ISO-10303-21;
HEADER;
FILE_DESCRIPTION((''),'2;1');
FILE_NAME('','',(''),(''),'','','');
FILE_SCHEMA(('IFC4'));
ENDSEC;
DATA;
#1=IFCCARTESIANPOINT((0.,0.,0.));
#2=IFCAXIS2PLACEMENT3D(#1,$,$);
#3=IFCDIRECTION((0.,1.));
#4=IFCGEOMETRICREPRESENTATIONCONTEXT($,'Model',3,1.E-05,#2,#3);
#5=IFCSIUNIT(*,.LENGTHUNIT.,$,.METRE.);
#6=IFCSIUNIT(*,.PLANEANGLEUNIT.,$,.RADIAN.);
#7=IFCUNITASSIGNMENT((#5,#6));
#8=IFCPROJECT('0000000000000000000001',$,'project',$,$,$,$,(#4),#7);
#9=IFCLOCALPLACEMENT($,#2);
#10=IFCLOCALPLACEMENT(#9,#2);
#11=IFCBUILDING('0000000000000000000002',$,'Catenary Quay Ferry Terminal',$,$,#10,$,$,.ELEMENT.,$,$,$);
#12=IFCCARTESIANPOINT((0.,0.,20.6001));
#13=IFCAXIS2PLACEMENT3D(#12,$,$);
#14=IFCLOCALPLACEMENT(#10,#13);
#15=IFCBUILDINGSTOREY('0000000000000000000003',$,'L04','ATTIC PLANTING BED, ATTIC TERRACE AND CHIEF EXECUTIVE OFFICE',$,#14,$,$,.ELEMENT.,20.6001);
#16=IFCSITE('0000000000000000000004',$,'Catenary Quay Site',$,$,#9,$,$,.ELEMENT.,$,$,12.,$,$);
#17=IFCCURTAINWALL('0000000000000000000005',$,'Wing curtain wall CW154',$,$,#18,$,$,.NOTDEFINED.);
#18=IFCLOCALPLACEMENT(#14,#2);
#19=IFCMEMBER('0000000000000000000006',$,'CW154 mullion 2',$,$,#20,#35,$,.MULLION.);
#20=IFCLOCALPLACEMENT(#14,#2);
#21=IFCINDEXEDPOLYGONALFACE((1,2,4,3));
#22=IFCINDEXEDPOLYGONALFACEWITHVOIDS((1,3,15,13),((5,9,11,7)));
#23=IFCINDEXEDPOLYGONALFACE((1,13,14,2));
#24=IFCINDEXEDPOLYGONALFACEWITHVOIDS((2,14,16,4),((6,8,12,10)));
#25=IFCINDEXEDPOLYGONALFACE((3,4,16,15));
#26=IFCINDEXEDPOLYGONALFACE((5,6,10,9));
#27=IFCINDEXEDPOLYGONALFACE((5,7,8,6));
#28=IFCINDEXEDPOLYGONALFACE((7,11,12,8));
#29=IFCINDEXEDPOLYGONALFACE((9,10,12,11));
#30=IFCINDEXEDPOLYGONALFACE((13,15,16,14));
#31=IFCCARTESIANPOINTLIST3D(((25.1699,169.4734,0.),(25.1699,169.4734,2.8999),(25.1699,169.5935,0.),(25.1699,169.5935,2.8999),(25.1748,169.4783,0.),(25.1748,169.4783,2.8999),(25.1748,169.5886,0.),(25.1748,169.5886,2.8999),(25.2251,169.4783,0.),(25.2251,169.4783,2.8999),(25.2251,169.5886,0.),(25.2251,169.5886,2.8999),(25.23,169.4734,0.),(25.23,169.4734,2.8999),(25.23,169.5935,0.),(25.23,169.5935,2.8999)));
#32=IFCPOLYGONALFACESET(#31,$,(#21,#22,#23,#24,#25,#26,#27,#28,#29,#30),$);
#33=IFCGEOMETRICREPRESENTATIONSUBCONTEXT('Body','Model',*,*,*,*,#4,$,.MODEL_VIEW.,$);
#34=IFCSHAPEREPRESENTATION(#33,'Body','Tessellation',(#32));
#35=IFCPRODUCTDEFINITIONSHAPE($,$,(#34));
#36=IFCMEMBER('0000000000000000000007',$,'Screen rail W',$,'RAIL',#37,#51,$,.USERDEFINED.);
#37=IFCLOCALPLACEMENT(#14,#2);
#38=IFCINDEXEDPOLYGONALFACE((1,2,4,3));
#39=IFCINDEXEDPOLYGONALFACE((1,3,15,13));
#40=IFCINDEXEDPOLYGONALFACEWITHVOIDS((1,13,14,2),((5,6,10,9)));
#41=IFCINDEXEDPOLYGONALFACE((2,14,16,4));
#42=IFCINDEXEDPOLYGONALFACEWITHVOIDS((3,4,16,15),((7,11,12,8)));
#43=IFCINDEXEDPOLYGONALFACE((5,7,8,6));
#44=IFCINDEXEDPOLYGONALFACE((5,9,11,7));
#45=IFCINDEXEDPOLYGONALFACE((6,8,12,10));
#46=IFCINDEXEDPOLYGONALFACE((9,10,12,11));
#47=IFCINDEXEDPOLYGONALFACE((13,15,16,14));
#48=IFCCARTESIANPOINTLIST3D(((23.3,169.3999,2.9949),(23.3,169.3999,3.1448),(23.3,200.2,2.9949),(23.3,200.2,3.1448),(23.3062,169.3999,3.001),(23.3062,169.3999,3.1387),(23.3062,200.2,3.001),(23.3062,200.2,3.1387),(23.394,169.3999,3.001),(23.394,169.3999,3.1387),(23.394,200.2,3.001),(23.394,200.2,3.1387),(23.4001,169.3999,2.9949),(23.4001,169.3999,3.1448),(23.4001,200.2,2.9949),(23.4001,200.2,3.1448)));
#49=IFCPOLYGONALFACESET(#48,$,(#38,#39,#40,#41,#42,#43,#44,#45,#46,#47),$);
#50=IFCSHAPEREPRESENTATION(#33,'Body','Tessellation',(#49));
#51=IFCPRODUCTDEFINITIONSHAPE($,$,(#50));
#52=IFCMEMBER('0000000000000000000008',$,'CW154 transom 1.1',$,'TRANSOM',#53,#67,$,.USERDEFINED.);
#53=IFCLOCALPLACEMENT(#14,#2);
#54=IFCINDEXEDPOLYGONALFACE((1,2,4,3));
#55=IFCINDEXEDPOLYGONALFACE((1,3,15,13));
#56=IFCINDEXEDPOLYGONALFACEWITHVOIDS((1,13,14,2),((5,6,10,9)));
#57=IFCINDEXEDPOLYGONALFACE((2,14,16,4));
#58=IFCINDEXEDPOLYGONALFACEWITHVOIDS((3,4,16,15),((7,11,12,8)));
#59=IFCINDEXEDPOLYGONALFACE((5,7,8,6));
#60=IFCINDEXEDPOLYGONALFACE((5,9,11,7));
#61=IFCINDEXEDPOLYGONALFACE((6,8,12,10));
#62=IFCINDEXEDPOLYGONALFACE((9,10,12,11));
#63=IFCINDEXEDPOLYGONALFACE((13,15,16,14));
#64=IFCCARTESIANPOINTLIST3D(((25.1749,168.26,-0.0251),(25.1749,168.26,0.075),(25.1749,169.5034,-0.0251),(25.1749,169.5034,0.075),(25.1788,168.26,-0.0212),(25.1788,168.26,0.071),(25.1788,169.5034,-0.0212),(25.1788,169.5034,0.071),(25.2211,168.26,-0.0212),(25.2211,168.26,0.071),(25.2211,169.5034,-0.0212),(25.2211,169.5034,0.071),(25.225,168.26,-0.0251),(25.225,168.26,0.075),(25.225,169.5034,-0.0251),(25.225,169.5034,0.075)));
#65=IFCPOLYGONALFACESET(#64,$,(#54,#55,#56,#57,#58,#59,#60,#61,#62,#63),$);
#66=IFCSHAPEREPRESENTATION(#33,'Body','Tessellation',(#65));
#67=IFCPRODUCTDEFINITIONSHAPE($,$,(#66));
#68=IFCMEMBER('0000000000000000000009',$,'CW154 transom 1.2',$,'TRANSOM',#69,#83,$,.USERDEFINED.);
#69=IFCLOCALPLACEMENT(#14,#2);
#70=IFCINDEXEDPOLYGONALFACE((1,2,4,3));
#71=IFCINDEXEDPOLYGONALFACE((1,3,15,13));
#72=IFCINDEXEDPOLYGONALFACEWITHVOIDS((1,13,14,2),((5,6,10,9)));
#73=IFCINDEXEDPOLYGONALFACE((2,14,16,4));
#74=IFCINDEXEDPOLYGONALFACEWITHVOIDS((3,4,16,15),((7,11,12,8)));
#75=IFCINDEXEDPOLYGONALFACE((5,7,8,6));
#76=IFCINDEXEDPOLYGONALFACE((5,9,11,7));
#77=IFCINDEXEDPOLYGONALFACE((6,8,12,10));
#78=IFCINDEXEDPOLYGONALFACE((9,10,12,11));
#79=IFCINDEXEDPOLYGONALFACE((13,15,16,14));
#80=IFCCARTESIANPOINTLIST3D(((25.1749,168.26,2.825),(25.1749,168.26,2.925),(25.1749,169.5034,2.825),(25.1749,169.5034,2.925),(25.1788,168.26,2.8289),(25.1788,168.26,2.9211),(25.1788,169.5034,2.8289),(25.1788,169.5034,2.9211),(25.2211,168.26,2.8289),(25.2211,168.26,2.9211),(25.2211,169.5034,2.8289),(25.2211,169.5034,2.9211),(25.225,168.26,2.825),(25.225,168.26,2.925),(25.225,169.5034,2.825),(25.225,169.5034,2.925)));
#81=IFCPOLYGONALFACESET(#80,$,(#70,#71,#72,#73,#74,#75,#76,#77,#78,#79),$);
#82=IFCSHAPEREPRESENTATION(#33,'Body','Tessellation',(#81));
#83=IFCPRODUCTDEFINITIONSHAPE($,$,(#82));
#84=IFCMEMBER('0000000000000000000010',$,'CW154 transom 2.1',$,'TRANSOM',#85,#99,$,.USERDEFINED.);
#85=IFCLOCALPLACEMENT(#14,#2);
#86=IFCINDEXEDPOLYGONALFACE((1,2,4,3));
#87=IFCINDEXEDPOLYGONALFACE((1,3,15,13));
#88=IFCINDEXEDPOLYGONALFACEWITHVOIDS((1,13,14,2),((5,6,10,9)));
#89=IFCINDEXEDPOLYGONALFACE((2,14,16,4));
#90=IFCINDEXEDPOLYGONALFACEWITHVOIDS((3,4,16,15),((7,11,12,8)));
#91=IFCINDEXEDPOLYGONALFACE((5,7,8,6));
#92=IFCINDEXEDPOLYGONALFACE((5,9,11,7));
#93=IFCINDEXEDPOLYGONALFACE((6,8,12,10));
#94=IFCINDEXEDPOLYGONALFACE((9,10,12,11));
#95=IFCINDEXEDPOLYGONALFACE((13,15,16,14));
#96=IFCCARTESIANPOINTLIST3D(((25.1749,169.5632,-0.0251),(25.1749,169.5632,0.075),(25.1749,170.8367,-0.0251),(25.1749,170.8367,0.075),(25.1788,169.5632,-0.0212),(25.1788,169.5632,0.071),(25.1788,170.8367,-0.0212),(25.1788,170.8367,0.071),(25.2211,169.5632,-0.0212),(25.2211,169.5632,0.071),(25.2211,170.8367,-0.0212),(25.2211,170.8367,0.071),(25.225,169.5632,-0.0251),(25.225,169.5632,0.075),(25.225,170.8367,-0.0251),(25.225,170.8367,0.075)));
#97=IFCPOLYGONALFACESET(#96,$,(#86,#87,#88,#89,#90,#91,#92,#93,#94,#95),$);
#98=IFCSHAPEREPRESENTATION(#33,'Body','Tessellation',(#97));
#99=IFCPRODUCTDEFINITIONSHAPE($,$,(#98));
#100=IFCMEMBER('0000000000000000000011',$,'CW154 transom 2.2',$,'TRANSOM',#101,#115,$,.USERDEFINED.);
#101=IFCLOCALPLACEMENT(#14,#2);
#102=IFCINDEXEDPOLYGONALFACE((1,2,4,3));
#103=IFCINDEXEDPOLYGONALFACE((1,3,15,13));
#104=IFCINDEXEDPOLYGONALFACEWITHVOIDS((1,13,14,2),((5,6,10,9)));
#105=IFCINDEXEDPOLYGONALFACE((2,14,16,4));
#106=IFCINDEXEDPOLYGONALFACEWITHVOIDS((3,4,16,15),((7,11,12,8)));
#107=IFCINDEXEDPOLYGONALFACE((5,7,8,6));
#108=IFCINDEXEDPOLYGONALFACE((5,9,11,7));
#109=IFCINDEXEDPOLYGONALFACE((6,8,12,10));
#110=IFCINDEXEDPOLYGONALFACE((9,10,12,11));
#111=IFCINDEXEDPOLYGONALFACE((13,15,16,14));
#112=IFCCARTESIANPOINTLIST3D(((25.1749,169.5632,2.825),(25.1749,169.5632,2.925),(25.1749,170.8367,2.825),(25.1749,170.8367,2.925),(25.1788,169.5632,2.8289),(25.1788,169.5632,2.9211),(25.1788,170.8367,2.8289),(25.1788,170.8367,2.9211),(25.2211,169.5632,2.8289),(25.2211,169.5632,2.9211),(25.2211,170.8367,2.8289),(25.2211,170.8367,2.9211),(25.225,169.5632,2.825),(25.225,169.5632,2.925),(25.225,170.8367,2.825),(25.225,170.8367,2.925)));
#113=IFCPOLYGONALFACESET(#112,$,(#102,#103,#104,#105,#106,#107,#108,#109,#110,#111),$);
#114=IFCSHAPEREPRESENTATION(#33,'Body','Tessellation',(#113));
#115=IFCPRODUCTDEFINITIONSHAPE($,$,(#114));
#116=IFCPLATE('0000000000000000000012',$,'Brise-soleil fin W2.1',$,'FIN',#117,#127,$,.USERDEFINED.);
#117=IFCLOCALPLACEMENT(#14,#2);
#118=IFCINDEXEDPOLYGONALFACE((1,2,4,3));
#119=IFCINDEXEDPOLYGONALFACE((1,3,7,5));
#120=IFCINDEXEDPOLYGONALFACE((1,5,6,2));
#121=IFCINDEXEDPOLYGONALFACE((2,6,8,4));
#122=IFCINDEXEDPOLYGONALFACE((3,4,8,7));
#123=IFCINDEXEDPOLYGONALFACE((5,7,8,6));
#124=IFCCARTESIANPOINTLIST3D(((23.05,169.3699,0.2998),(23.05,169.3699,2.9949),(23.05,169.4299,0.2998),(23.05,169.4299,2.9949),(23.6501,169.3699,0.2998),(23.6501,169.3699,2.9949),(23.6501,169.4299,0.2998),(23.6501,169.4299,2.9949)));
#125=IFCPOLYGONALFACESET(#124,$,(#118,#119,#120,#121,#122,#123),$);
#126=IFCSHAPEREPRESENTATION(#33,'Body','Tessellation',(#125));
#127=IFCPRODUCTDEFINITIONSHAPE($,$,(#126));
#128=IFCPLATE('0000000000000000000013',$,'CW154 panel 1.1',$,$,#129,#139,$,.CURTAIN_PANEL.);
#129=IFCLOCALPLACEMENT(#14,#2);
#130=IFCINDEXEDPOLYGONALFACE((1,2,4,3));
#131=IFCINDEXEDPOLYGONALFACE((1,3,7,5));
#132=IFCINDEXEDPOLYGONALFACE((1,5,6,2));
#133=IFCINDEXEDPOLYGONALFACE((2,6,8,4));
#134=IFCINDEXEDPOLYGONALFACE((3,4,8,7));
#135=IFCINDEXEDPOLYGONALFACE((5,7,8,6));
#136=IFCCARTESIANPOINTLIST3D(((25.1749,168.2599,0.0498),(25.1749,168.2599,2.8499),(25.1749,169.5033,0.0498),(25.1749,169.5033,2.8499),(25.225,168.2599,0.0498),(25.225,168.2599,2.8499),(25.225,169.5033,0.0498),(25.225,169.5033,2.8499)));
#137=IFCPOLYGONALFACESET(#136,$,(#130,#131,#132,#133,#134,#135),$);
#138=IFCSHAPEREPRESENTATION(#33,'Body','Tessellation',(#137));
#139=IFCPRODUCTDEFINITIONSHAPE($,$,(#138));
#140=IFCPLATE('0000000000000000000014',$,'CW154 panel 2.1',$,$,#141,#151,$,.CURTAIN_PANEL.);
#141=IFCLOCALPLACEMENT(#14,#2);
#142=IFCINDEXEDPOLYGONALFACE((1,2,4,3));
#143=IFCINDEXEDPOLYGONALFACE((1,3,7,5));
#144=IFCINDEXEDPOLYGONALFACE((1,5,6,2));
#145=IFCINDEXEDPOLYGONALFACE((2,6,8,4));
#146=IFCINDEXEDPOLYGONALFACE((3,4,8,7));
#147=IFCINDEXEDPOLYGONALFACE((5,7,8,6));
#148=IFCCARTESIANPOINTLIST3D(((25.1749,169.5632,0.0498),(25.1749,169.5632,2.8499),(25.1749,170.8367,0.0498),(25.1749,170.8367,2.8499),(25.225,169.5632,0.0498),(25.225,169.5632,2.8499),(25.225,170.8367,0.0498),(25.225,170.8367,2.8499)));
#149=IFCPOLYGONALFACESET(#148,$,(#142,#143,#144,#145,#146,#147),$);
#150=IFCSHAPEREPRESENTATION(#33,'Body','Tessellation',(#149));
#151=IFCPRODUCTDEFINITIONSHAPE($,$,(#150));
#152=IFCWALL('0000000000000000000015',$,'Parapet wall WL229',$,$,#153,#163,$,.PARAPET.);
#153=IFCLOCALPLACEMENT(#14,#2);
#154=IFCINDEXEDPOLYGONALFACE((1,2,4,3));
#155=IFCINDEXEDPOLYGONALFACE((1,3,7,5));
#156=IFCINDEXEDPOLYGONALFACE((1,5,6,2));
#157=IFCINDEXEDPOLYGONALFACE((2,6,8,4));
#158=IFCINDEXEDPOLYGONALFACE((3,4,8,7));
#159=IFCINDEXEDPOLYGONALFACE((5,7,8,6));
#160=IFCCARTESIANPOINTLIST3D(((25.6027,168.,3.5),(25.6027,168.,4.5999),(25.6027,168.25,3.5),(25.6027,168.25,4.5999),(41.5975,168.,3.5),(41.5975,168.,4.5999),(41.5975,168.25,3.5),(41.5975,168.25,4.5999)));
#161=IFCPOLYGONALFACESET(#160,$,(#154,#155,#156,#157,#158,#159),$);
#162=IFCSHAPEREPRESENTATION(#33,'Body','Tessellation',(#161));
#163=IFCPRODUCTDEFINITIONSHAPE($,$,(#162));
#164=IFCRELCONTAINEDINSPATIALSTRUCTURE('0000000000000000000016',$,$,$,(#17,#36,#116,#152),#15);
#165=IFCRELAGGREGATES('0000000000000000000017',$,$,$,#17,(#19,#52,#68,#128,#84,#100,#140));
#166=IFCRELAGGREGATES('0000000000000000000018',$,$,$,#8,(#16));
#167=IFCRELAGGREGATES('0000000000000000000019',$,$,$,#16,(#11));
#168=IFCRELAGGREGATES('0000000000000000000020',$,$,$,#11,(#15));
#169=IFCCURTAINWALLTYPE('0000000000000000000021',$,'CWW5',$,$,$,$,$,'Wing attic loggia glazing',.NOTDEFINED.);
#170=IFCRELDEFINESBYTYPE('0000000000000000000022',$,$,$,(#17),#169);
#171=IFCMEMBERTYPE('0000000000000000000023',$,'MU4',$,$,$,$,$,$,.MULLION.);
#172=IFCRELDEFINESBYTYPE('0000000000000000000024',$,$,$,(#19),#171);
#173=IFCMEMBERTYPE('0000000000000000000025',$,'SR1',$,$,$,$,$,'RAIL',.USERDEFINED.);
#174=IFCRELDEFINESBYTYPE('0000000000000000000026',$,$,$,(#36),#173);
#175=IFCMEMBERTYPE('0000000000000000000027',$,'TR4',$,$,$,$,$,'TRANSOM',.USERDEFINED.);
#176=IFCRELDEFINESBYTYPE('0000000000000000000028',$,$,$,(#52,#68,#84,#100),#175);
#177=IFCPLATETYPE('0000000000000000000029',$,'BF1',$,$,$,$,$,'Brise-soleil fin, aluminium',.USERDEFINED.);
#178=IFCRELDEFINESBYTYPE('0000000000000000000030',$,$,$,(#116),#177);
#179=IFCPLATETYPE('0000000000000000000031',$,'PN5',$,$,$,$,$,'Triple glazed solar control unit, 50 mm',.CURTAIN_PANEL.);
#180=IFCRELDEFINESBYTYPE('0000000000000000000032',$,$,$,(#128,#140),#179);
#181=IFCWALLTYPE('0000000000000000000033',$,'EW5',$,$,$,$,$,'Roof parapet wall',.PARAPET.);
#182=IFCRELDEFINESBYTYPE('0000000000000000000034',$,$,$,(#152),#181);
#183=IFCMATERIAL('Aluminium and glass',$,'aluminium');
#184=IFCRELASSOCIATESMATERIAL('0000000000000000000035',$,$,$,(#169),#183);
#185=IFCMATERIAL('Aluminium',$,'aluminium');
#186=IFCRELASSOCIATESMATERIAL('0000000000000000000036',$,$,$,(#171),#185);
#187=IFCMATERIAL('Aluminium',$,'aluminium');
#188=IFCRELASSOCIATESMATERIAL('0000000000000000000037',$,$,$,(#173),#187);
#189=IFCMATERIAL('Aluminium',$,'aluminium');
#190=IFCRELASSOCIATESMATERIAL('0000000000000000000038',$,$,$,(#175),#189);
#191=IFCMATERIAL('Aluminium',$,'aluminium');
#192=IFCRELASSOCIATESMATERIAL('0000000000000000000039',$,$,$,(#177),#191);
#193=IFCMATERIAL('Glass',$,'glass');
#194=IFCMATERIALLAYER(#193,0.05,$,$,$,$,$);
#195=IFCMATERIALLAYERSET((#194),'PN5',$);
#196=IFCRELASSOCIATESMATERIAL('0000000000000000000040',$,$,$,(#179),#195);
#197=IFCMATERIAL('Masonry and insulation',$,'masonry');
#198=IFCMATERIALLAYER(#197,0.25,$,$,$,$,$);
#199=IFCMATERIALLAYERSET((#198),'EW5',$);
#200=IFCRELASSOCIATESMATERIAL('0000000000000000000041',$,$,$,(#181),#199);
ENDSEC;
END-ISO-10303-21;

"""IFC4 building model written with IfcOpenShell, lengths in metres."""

from ifc_helpers import new_model, si_unit, direction, frame, frame_2d, origin, origin_2d, place, context, subcontext, project, spatial, rectangle, hollow_rectangle, extrude, material, layer, layer_set, material_profile, profile_set, type_object, element, aggregate, save


model = new_model("IFC4")

# Units and contexts
model_context = context("Model", 3, precision=1e-05, world=origin(), true_north=direction((0.0, 1.0)))
body_context = subcontext(model_context, "Body", "Model", "MODEL_VIEW")
ifc_project = project(units=[si_unit("LENGTHUNIT", "METRE"), si_unit("PLANEANGLEUNIT", "RADIAN")], contexts=[model_context])

# Site, building, storey
site_placement = place(None, origin())
site = spatial("IfcSite", under=ifc_project, at=site_placement, Name="Catenary Quay Site", CompositionType="ELEMENT", RefElevation=12.0)
building_placement = place(site_placement, origin())
building = spatial("IfcBuilding", under=site, at=building_placement, Name="Catenary Quay Ferry Terminal", CompositionType="ELEMENT")
storey_placement = place(building_placement, frame((0.0, 0.0, 20.6001)))
storey = spatial("IfcBuildingStorey", under=building, at=storey_placement, Name="L04", Description="ATTIC PLANTING BED, ATTIC TERRACE AND CHIEF EXECUTIVE OFFICE", CompositionType="ELEMENT", Elevation=20.6001)

# Curtain wall, member
ifc_material_1 = material(Name="Aluminium and glass", Category="aluminium")
curtain_wall_type = type_object("IfcCurtainWallType", Name="CWW5", ElementType="Wing attic loggia glazing", PredefinedType="NOTDEFINED", material=ifc_material_1)
curtain_wall_placement = place(storey_placement, origin())
curtain_wall = element("IfcCurtainWall", 1, at=curtain_wall_placement, inside=storey, type_object=curtain_wall_type, Name="Wing curtain wall CW154", PredefinedType="NOTDEFINED")
ifc_material_2 = material(Name="Aluminium", Category="aluminium")
ifc_material_profile_1 = material_profile(ifc_material_2, hollow_rectangle(XDim=0.0601, YDim=0.1201, WallThickness=0.0049, at=origin_2d()), Name="MU4")
ifc_profile_set_1 = profile_set([ifc_material_profile_1], Name="Aluminium")
member_type_1 = type_object("IfcMemberType", Name="MU4", PredefinedType="MULLION", material=ifc_profile_set_1)
member_1_placement = place(storey_placement, frame((25.2, 169.5334, 0.0), z_axis=(0.0, 0.0, 1.0), x_axis=(-1.0, 0.0, 0.0)))
member_1 = element("IfcMember", 2, at=member_1_placement, type_object=member_type_1, Name="CW154 mullion 2", PredefinedType="MULLION", context=body_context, shape_type="SweptSolid", body=[
    extrude(hollow_rectangle(XDim=0.0601, YDim=0.1201, WallThickness=0.0049, at=origin_2d()), origin(), (0.0, 0.0, 1.0), 2.8999),
])

# Members
ifc_material_3 = material(Name="Aluminium", Category="aluminium")
ifc_material_profile_2 = material_profile(ifc_material_3, hollow_rectangle(XDim=0.1001, YDim=0.1499, WallThickness=0.0061, at=origin_2d()), Name="SR1")
ifc_profile_set_2 = profile_set([ifc_material_profile_2], Name="Aluminium")
member_type_2 = type_object("IfcMemberType", Name="SR1", ElementType="RAIL", PredefinedType="USERDEFINED", material=ifc_profile_set_2)
member_2_placement = place(storey_placement, frame((23.3501, 169.3999, 3.0698), z_axis=(0.0, 1.0, 0.0), x_axis=(1.0, 0.0, 0.0)))
element("IfcMember", 3, at=member_2_placement, inside=storey, type_object=member_type_2, Name="Screen rail W", ObjectType="RAIL", PredefinedType="USERDEFINED", context=body_context, shape_type="SweptSolid", body=[
    extrude(hollow_rectangle(XDim=0.1001, YDim=0.1499, WallThickness=0.0061, at=origin_2d()), origin(), (0.0, 0.0, 1.0), 30.8),
])
ifc_material_4 = material(Name="Aluminium", Category="aluminium")
ifc_material_profile_3 = material_profile(ifc_material_4, hollow_rectangle(XDim=0.05, YDim=0.1001, WallThickness=0.0039, at=origin_2d()), Name="TR4")
ifc_profile_set_3 = profile_set([ifc_material_profile_3], Name="Aluminium")
member_type_3 = type_object("IfcMemberType", Name="TR4", ElementType="TRANSOM", PredefinedType="USERDEFINED", material=ifc_profile_set_3)
member_3_placement = place(storey_placement, frame((25.2, 168.26, 0.0249), z_axis=(0.0, 1.0, 0.0), x_axis=(-1.0, 0.0, 0.0)))
member_3 = element("IfcMember", 4, at=member_3_placement, type_object=member_type_3, Name="CW154 transom 1.1", ObjectType="TRANSOM", PredefinedType="USERDEFINED", context=body_context, shape_type="SweptSolid", body=[
    extrude(hollow_rectangle(XDim=0.05, YDim=0.1001, WallThickness=0.0039, at=origin_2d()), origin(), (0.0, 0.0, 1.0), 1.2434),
])
member_4_placement = place(storey_placement, frame((25.2, 168.26, 2.875), z_axis=(0.0, 1.0, 0.0), x_axis=(-1.0, 0.0, 0.0)))
member_4 = element("IfcMember", 5, at=member_4_placement, type_object=member_type_3, Name="CW154 transom 1.2", ObjectType="TRANSOM", PredefinedType="USERDEFINED", context=body_context, shape_type="SweptSolid", body=[
    extrude(hollow_rectangle(XDim=0.05, YDim=0.1001, WallThickness=0.0039, at=origin_2d()), origin(), (0.0, 0.0, 1.0), 1.2434),
])
member_5_placement = place(storey_placement, frame((25.2, 169.5632, 0.0249), z_axis=(0.0, 1.0, 0.0), x_axis=(-1.0, 0.0, 0.0)))
member_5 = element("IfcMember", 6, at=member_5_placement, type_object=member_type_3, Name="CW154 transom 2.1", ObjectType="TRANSOM", PredefinedType="USERDEFINED", context=body_context, shape_type="SweptSolid", body=[
    extrude(hollow_rectangle(XDim=0.05, YDim=0.1001, WallThickness=0.0039, at=origin_2d()), origin(), (0.0, 0.0, 1.0), 1.2734),
])
member_6_placement = place(storey_placement, frame((25.2, 169.5632, 2.875), z_axis=(0.0, 1.0, 0.0), x_axis=(-1.0, 0.0, 0.0)))
member_6 = element("IfcMember", 7, at=member_6_placement, type_object=member_type_3, Name="CW154 transom 2.2", ObjectType="TRANSOM", PredefinedType="USERDEFINED", context=body_context, shape_type="SweptSolid", body=[
    extrude(hollow_rectangle(XDim=0.05, YDim=0.1001, WallThickness=0.0039, at=origin_2d()), origin(), (0.0, 0.0, 1.0), 1.2734),
])

# Plates
ifc_material_5 = material(Name="Aluminium", Category="aluminium")
ifc_material_profile_4 = material_profile(ifc_material_5, rectangle(XDim=0.0601, YDim=0.6001, at=origin_2d()), Name="BF1")
ifc_profile_set_4 = profile_set([ifc_material_profile_4], Name="Aluminium")
plate_type_1 = type_object("IfcPlateType", Name="BF1", ElementType="Brise-soleil fin, aluminium", PredefinedType="USERDEFINED", material=ifc_profile_set_4)
plate_1_placement = place(storey_placement, frame((23.3501, 169.3999, 0.2998), z_axis=(0.0, 0.0, 1.0), x_axis=(0.0, 1.0, 0.0)))
element("IfcPlate", 8, at=plate_1_placement, inside=storey, type_object=plate_type_1, Name="Brise-soleil fin W2.1", ObjectType="FIN", PredefinedType="USERDEFINED", context=body_context, shape_type="SweptSolid", body=[
    extrude(rectangle(XDim=0.0601, YDim=0.6001, at=origin_2d()), origin(), (0.0, 0.0, 1.0), 2.6951),
])
ifc_material_6 = material(Name="Glass", Category="glass")
ifc_layer_1 = layer(ifc_material_6, 0.05)
ifc_layer_set_1 = layer_set([ifc_layer_1], Name="PN5")
plate_type_2 = type_object("IfcPlateType", Name="PN5", ElementType="Triple glazed solar control unit, 50 mm", PredefinedType="CURTAIN_PANEL", material=ifc_layer_set_1)
plate_2_placement = place(storey_placement, frame((25.2, 168.8816, 0.0498), z_axis=(0.0, 0.0, 1.0), x_axis=(0.0, 1.0, 0.0)))
plate_2 = element("IfcPlate", 9, at=plate_2_placement, type_object=plate_type_2, Name="CW154 panel 1.1", PredefinedType="CURTAIN_PANEL", context=body_context, shape_type="SweptSolid", body=[
    extrude(rectangle(XDim=1.2434, YDim=0.05, at=origin_2d()), origin(), (0.0, 0.0, 1.0), 2.8),
])
plate_3_placement = place(storey_placement, frame((25.2, 170.2, 0.0498), z_axis=(0.0, 0.0, 1.0), x_axis=(0.0, 1.0, 0.0)))
plate_3 = element("IfcPlate", 10, at=plate_3_placement, type_object=plate_type_2, Name="CW154 panel 2.1", PredefinedType="CURTAIN_PANEL", context=body_context, shape_type="SweptSolid", body=[
    extrude(rectangle(XDim=1.2734, YDim=0.05, at=origin_2d()), origin(), (0.0, 0.0, 1.0), 2.8),
])
aggregate(curtain_wall, [member_1, member_3, member_4, plate_2, member_5, member_6, plate_3])

# Wall
ifc_material_7 = material(Name="Masonry and insulation", Category="masonry")
ifc_layer_2 = layer(ifc_material_7, 0.25)
ifc_layer_set_2 = layer_set([ifc_layer_2], Name="EW5")
wall_type = type_object("IfcWallType", Name="EW5", ElementType="Roof parapet wall", PredefinedType="PARAPET", material=ifc_layer_set_2)
wall_placement = place(storey_placement, frame((25.6025, 168.125, 3.5), z_axis=(0.0, 0.0, 1.0), x_axis=(1.0, 0.0, 0.0)))
element("IfcWall", 11, at=wall_placement, inside=storey, type_object=wall_type, Name="Parapet wall WL229", PredefinedType="PARAPET", context=body_context, shape_type="SweptSolid", body=[
    extrude(rectangle(XDim=15.9949, YDim=0.25, at=frame_2d((7.9976, 0.0))), origin(), (0.0, 0.0, 1.0), 1.0999),
])

save(model, "model.ifc")
